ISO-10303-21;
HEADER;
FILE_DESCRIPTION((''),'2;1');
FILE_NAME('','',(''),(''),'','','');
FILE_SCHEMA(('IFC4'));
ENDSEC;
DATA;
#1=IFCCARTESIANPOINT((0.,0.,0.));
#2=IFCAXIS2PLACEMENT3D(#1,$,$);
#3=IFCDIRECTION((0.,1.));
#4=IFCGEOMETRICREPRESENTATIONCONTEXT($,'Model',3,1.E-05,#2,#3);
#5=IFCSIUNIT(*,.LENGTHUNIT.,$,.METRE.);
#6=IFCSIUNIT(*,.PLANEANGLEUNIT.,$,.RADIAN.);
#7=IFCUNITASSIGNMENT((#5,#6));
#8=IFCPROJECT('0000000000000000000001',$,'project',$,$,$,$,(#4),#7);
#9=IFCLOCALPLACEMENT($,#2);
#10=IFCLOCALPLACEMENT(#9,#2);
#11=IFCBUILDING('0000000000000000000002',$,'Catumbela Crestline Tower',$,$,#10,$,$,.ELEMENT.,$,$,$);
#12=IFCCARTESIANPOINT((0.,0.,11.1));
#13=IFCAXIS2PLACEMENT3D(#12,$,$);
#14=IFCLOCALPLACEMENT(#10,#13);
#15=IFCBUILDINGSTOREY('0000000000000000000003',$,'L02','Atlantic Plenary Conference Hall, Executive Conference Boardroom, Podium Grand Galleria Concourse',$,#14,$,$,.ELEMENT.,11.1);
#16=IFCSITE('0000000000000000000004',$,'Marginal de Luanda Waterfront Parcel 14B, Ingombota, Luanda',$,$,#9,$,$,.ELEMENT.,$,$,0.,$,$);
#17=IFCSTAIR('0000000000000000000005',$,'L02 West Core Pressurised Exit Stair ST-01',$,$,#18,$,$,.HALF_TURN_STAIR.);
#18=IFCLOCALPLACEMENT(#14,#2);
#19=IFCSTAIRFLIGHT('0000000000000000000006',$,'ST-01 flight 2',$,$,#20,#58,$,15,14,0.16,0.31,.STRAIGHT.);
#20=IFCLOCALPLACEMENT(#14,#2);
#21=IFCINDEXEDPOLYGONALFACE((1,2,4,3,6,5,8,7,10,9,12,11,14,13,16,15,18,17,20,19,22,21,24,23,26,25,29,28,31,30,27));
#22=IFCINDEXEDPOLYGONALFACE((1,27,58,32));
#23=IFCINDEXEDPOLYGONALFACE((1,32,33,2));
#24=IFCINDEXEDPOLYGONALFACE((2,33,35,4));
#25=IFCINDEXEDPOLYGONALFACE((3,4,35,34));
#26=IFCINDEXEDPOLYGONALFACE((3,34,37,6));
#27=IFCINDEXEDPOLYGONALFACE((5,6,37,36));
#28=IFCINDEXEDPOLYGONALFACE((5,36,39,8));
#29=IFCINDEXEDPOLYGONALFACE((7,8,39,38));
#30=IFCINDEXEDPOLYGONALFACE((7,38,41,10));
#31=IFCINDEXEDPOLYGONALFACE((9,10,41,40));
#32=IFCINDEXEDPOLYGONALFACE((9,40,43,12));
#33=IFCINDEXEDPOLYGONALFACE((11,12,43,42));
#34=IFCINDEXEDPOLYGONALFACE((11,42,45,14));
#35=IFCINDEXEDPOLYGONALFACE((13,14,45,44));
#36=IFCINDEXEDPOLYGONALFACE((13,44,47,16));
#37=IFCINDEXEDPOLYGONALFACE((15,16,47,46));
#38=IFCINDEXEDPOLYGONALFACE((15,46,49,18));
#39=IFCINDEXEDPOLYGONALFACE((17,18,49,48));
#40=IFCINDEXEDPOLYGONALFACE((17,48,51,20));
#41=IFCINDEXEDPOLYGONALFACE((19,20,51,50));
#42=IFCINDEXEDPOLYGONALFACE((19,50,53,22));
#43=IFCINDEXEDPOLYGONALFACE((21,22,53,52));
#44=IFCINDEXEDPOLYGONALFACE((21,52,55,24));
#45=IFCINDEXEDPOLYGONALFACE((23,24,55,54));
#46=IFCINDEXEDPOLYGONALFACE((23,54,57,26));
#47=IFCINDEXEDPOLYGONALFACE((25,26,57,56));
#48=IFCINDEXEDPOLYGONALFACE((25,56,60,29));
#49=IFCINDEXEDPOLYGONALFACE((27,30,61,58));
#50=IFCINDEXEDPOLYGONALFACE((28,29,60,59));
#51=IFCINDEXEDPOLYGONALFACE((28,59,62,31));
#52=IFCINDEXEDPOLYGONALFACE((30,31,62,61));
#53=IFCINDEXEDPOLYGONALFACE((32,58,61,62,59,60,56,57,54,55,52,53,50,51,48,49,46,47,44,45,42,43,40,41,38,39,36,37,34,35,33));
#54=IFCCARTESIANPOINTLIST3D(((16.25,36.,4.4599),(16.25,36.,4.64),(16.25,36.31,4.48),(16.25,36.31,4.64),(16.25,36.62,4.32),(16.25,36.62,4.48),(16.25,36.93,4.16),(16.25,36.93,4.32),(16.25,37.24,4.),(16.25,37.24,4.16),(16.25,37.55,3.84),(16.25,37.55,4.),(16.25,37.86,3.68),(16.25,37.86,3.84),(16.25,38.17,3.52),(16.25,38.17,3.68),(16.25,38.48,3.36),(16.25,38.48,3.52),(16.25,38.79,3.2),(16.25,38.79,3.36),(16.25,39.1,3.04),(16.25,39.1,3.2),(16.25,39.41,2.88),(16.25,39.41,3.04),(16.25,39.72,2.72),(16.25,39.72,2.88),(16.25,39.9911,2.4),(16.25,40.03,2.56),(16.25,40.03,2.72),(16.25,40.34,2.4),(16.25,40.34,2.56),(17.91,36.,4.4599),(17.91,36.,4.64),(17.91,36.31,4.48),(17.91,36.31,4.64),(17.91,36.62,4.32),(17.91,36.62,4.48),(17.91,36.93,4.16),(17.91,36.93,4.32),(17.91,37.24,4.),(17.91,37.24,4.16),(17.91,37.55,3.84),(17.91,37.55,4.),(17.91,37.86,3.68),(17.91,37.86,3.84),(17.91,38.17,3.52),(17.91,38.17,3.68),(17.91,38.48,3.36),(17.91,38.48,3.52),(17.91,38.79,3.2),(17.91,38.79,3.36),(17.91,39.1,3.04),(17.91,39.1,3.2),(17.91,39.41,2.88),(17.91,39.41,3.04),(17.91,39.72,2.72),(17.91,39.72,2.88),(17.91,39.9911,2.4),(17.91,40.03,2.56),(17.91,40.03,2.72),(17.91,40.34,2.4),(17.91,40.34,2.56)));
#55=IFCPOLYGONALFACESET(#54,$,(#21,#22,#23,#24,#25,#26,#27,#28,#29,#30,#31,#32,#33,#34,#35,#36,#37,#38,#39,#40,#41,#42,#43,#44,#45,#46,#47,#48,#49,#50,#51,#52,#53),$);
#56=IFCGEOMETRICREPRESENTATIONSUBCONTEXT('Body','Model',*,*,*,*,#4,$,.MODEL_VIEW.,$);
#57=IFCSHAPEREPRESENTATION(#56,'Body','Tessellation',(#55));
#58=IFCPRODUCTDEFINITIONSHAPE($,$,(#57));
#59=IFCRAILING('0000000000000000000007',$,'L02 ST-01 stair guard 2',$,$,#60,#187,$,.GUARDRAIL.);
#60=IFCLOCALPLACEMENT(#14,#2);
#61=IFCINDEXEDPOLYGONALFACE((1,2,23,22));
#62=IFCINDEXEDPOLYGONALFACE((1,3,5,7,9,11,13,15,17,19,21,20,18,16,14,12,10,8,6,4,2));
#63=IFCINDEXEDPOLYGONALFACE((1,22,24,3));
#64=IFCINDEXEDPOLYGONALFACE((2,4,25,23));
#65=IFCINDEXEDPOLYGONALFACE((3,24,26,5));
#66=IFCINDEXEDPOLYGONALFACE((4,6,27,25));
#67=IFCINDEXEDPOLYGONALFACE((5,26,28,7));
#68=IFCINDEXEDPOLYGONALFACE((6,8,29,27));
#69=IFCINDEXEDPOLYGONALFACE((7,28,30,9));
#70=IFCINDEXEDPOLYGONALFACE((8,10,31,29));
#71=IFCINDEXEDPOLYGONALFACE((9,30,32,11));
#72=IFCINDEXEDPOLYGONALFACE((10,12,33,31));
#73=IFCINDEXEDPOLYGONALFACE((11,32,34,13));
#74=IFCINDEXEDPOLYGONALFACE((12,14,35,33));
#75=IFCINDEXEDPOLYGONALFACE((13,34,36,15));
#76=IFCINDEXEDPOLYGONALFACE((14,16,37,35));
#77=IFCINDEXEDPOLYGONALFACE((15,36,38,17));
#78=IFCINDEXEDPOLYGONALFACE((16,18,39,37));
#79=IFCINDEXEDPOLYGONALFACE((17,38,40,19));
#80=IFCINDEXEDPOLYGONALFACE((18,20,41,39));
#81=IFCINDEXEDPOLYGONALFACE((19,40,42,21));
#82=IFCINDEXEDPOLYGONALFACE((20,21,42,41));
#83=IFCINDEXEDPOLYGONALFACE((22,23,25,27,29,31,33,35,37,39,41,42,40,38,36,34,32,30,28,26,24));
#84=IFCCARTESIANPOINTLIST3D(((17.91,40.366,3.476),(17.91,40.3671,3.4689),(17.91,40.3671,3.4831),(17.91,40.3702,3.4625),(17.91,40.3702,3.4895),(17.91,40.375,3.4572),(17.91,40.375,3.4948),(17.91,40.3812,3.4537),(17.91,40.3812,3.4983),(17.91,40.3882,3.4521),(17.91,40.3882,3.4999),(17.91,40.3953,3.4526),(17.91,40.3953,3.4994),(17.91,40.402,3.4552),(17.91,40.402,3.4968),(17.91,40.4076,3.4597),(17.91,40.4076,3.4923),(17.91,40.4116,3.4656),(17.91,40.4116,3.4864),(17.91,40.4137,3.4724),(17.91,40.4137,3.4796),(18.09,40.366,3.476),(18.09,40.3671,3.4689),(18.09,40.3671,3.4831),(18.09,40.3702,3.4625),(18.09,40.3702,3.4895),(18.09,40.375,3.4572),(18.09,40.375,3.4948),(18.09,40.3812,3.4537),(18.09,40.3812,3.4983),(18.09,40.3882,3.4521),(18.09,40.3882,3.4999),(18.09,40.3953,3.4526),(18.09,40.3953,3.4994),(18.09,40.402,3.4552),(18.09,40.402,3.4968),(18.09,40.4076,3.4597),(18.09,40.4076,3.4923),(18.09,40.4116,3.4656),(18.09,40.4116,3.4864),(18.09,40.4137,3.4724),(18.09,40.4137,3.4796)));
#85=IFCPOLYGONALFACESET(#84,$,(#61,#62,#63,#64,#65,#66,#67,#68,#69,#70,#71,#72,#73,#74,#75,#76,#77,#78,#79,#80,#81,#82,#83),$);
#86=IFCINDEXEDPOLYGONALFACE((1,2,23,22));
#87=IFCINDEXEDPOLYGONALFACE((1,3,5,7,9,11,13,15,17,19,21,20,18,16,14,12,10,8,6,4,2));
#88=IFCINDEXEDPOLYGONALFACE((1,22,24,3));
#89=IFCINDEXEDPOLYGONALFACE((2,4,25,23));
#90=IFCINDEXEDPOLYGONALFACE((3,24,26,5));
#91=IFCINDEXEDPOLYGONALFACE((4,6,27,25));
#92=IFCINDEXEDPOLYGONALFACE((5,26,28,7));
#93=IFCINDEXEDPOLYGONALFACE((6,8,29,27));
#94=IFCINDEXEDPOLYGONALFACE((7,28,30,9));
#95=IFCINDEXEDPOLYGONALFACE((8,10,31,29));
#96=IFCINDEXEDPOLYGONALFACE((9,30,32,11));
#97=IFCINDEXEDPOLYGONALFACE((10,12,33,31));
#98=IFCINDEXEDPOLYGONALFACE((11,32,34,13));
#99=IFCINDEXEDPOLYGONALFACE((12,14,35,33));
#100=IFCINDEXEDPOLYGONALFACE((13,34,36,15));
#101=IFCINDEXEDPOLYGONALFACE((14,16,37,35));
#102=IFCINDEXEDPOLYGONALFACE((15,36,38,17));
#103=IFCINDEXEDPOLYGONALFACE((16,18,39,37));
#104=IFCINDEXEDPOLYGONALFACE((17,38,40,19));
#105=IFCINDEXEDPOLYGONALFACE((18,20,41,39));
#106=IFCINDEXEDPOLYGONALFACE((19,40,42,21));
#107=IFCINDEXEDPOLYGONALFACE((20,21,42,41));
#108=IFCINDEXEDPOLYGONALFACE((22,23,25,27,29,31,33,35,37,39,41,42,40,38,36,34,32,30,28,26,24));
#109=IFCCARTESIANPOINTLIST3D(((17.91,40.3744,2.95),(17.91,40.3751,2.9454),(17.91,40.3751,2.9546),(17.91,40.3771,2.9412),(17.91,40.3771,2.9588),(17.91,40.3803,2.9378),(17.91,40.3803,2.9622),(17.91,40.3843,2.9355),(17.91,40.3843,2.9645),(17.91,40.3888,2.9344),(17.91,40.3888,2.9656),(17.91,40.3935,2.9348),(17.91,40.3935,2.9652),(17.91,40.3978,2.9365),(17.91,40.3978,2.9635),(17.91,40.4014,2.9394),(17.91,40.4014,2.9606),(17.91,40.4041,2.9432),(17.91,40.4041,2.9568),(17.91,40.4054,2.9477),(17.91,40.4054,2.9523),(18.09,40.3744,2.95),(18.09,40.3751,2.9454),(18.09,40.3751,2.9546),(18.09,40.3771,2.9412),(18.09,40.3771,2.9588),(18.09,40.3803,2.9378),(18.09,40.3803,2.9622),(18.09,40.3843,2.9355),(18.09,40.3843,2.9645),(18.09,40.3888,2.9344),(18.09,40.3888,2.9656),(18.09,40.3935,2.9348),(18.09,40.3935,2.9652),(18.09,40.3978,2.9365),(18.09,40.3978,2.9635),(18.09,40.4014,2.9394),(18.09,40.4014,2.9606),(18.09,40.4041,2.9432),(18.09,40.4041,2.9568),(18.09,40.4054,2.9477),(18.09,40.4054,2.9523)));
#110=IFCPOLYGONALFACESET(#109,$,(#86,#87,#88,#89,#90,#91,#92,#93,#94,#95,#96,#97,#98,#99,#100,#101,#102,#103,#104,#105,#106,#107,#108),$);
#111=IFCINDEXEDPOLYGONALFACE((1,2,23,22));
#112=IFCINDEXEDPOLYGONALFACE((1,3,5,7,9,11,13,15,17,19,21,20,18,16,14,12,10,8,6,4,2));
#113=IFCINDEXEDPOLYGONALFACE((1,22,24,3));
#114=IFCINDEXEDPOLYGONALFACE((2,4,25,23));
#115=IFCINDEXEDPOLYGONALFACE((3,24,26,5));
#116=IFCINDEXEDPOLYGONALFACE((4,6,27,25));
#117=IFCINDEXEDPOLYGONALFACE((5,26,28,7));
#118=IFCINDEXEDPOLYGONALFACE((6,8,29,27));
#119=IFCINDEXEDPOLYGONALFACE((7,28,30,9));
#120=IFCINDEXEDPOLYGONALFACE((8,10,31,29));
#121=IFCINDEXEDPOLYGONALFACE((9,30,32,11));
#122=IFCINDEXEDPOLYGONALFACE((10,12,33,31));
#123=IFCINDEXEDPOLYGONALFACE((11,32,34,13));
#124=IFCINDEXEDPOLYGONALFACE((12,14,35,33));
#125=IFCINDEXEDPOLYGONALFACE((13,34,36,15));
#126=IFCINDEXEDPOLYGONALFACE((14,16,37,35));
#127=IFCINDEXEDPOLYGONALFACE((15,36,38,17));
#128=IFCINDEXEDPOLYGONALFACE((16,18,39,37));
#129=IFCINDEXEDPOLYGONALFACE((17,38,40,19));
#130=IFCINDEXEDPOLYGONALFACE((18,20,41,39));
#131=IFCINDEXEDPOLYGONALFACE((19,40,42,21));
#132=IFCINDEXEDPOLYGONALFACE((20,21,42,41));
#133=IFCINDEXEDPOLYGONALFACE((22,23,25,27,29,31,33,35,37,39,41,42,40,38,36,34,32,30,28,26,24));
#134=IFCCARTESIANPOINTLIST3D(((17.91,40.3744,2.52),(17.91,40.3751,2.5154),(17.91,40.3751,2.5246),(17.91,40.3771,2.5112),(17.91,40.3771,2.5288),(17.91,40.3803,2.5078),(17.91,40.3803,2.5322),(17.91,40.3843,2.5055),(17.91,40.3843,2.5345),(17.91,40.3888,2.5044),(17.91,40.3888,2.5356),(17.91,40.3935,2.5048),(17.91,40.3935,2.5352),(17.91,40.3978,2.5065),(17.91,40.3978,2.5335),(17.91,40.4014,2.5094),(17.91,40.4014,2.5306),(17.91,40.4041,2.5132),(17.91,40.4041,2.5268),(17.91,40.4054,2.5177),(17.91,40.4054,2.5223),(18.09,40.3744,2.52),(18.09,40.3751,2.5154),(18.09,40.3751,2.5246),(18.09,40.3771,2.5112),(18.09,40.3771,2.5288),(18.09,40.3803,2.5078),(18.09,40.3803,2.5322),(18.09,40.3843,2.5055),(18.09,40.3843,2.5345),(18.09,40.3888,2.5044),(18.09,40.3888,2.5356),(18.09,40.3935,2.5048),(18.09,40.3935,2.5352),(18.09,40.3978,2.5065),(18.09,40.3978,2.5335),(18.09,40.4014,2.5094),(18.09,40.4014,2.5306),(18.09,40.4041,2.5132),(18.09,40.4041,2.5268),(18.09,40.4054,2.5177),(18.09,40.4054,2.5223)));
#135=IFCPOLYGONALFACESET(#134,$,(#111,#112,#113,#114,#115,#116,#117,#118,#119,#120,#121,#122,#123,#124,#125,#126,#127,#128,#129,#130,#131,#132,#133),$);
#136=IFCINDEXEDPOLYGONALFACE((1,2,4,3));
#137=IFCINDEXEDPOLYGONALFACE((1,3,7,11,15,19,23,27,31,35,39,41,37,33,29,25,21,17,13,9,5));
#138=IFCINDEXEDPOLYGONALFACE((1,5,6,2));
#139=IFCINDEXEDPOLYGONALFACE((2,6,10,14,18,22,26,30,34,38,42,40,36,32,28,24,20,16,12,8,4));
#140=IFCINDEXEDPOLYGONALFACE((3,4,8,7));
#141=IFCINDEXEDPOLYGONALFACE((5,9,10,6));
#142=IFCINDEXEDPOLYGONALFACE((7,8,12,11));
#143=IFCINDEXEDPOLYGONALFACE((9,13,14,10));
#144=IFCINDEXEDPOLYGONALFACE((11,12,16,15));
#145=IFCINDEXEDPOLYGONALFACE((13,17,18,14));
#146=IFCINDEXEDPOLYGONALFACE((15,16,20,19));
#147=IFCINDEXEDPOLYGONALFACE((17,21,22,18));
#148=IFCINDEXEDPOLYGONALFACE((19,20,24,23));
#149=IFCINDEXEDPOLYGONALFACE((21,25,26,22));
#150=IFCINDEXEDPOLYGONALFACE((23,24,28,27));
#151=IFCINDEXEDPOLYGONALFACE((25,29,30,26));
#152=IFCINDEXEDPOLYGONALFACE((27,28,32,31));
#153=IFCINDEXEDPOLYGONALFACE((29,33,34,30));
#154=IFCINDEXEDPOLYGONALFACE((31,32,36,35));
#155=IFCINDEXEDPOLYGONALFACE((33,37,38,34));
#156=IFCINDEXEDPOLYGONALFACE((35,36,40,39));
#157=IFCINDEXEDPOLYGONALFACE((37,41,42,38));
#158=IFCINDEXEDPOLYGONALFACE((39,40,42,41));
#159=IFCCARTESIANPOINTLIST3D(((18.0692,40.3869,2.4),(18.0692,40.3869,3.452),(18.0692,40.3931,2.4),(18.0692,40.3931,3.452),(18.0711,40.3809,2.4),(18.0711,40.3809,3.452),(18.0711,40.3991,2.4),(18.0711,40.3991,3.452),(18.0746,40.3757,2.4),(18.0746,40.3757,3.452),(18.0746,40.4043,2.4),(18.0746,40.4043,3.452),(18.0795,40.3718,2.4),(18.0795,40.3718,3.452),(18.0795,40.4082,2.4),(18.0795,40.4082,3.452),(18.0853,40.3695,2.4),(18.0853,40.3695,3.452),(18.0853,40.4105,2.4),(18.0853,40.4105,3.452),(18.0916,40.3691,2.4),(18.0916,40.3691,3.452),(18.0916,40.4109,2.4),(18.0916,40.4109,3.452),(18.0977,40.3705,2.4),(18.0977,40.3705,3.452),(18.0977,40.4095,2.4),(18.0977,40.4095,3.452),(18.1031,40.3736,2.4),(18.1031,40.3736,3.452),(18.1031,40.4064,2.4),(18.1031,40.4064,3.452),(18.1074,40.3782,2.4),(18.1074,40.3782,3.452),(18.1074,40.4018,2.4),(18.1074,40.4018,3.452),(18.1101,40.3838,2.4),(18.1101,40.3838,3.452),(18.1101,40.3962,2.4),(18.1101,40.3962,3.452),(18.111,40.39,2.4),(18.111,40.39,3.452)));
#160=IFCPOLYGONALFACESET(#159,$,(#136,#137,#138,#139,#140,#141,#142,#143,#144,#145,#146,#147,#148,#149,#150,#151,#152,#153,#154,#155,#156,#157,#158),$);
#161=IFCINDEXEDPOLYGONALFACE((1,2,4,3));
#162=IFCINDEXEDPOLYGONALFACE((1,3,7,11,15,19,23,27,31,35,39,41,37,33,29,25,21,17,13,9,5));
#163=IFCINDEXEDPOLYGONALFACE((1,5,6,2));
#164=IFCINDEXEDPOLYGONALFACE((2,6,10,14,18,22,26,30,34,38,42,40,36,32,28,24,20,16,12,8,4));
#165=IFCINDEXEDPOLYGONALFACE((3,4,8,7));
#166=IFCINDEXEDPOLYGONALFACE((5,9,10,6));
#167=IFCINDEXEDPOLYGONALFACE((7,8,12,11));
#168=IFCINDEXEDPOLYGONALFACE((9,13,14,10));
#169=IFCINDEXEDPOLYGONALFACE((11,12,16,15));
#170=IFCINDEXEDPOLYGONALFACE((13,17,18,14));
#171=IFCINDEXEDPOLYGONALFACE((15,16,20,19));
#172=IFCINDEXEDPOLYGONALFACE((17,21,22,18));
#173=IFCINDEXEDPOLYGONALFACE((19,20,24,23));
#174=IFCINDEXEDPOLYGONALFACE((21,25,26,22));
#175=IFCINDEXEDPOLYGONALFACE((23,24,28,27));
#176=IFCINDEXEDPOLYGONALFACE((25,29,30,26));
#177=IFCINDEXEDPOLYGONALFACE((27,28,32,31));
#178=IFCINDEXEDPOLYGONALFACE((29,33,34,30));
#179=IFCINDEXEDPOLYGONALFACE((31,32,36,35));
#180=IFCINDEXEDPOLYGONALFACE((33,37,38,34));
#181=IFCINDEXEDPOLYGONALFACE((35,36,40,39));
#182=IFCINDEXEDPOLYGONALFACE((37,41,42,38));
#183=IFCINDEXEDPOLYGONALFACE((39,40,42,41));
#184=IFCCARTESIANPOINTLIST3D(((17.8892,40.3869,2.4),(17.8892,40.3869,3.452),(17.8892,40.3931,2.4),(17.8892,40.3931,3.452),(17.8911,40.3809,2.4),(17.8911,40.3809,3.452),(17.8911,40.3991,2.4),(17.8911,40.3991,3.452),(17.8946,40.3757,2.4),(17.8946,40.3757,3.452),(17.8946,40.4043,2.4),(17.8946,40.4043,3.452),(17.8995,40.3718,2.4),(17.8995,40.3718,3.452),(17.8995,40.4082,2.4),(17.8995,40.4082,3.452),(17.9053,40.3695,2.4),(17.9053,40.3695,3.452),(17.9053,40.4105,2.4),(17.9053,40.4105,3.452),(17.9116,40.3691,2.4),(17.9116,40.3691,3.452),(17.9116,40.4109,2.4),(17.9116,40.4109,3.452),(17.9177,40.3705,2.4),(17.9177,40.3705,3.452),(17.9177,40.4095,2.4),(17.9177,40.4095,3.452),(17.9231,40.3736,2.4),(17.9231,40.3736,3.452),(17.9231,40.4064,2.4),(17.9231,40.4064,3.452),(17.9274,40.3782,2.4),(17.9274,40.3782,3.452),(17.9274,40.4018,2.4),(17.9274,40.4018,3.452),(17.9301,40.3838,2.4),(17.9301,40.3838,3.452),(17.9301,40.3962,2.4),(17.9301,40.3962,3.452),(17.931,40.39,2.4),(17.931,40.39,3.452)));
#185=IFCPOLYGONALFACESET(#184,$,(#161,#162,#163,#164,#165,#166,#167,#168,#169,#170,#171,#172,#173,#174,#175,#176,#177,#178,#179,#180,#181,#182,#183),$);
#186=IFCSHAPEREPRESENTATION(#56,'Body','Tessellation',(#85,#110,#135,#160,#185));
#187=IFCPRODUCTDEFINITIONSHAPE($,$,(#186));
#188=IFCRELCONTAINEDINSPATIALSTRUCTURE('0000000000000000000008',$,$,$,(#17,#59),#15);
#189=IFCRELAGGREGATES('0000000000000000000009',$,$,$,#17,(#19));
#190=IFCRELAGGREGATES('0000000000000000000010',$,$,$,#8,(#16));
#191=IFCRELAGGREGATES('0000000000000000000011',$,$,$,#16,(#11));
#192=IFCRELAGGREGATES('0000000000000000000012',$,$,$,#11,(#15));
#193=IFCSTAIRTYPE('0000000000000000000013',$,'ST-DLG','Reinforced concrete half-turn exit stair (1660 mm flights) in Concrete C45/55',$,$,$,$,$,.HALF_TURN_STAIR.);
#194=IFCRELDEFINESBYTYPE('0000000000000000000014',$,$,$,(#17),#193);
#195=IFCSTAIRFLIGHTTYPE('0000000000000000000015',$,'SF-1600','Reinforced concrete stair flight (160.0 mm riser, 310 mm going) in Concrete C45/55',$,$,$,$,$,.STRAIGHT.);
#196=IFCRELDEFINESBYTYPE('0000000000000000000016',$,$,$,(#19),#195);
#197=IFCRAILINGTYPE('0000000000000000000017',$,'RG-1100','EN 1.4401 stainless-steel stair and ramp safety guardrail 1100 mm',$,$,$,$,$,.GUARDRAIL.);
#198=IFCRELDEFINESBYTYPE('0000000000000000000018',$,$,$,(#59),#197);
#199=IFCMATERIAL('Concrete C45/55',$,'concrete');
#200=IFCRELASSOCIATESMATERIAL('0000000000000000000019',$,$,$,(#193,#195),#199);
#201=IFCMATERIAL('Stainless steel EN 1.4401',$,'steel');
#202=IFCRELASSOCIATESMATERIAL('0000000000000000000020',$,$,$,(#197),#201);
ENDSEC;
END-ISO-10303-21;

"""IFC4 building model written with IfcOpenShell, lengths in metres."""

from ifc_helpers import new_model, si_unit, direction, frame, origin, origin_2d, place, context, subcontext, project, spatial, polyline, circle, outline, extrude, material, type_object, element, aggregate, save


model = new_model("IFC4")

# Units and contexts
model_context = context("Model", 3, precision=1e-05, world=origin(), true_north=direction((0.0, 1.0)))
body_context = subcontext(model_context, "Body", "Model", "MODEL_VIEW")
ifc_project = project(units=[si_unit("LENGTHUNIT", "METRE"), si_unit("PLANEANGLEUNIT", "RADIAN")], contexts=[model_context])

# Site, building, storey
site_placement = place(None, origin())
site = spatial("IfcSite", under=ifc_project, at=site_placement, Name="Marginal de Luanda Waterfront Parcel 14B, Ingombota, Luanda", CompositionType="ELEMENT", RefElevation=0.0)
building_placement = place(site_placement, origin())
building = spatial("IfcBuilding", under=site, at=building_placement, Name="Catumbela Crestline Tower", CompositionType="ELEMENT")
storey_placement = place(building_placement, frame((0.0, 0.0, 11.1)))
storey = spatial("IfcBuildingStorey", under=building, at=storey_placement, Name="L02", Description="Atlantic Plenary Conference Hall, Executive Conference Boardroom, Podium Grand Galleria Concourse", CompositionType="ELEMENT", Elevation=11.1)

# Shared definitions
ifc_material_1 = material(Name="Stainless steel EN 1.4401", Category="steel")

# Stair, stair flight
ifc_material_2 = material(Name="Concrete C45/55", Category="concrete")
stair_type = type_object("IfcStairType", Name="ST-DLG", Description="Reinforced concrete half-turn exit stair (1660 mm flights) in Concrete C45/55", PredefinedType="HALF_TURN_STAIR", material=ifc_material_2)
stair_placement = place(storey_placement, origin())
stair = element("IfcStair", 1, at=stair_placement, inside=storey, type_object=stair_type, Name="L02 West Core Pressurised Exit Stair ST-01", PredefinedType="HALF_TURN_STAIR")
stair_flight_type = type_object("IfcStairFlightType", Name="SF-1600", Description="Reinforced concrete stair flight (160.0 mm riser, 310 mm going) in Concrete C45/55", PredefinedType="STRAIGHT", material=ifc_material_2)
stair_flight_placement = place(storey_placement, frame((17.08, 40.34, 2.4), z_axis=(0.0, 0.0, 1.0), x_axis=(0.0, -1.0, 0.0)))
stair_flight = element("IfcStairFlight", 2, at=stair_flight_placement, type_object=stair_flight_type, Name="ST-01 flight 2", NumberOfRisers=15, NumberOfTreads=14, PredefinedType="STRAIGHT", RiserHeight=0.16, TreadLength=0.31, context=body_context, shape_type="SweptSolid", body=[
    extrude(outline(polyline([(0.0, 0.0), (0.0, 0.16), (0.31, 0.16), (0.31, 0.32), (0.62, 0.32), (0.62, 0.48), (0.93, 0.48), (0.93, 0.64), (1.24, 0.64), (1.24, 0.8), (1.55, 0.8), (1.55, 0.96), (1.86, 0.96), (1.86, 1.12), (2.17, 1.12), (2.17, 1.28), (2.48, 1.28), (2.48, 1.44), (2.79, 1.44), (2.79, 1.6), (3.1, 1.6), (3.1, 1.76), (3.41, 1.76), (3.41, 1.92), (3.72, 1.92), (3.72, 2.08), (4.03, 2.08), (4.03, 2.24), (4.34, 2.24), (4.34, 2.4), (4.34, 2.0599), (0.3489, 0.0), (0.0, 0.0)])), frame((0.0, 0.83, 0.0), z_axis=(0.0, -1.0, 0.0), x_axis=(1.0, 0.0, 0.0)), (0.0, 0.0, 1.0), 1.66),
])
aggregate(stair, [stair_flight])

# Railing
railing_type_1 = type_object("IfcRailingType", Name="RG-1100", Description="EN 1.4401 stainless-steel stair and ramp safety guardrail 1100 mm", PredefinedType="GUARDRAIL", material=ifc_material_1)
railing_1_placement = place(storey_placement, frame((18.09, 40.39, 2.4)))
element("IfcRailing", 3, at=railing_1_placement, inside=storey, type_object=railing_type_1, Name="L02 ST-01 stair guard 2", PredefinedType="GUARDRAIL", context=body_context, shape_type="SweptSolid", body=[
    extrude(circle(Radius=0.024, at=origin_2d()), frame((0.0, 0.0, 1.076), z_axis=(-1.0, 0.0, 0.0), x_axis=(0.0, -1.0, 0.0)), (0.0, 0.0, 1.0), 0.18),
    extrude(circle(Radius=0.0156, at=origin_2d()), frame((0.0, 0.0, 0.55), z_axis=(-1.0, 0.0, 0.0), x_axis=(0.0, -1.0, 0.0)), (0.0, 0.0, 1.0), 0.18),
    extrude(circle(Radius=0.0156, at=origin_2d()), frame((0.0, 0.0, 0.12), z_axis=(-1.0, 0.0, 0.0), x_axis=(0.0, -1.0, 0.0)), (0.0, 0.0, 1.0), 0.18),
    extrude(circle(Radius=0.021, at=origin_2d()), origin(), (0.0, 0.0, 1.0), 1.052),
    extrude(circle(Radius=0.021, at=origin_2d()), frame((-0.18, 0.0, 0.0)), (0.0, 0.0, 1.0), 1.052),
])

save(model, "model.ifc")
